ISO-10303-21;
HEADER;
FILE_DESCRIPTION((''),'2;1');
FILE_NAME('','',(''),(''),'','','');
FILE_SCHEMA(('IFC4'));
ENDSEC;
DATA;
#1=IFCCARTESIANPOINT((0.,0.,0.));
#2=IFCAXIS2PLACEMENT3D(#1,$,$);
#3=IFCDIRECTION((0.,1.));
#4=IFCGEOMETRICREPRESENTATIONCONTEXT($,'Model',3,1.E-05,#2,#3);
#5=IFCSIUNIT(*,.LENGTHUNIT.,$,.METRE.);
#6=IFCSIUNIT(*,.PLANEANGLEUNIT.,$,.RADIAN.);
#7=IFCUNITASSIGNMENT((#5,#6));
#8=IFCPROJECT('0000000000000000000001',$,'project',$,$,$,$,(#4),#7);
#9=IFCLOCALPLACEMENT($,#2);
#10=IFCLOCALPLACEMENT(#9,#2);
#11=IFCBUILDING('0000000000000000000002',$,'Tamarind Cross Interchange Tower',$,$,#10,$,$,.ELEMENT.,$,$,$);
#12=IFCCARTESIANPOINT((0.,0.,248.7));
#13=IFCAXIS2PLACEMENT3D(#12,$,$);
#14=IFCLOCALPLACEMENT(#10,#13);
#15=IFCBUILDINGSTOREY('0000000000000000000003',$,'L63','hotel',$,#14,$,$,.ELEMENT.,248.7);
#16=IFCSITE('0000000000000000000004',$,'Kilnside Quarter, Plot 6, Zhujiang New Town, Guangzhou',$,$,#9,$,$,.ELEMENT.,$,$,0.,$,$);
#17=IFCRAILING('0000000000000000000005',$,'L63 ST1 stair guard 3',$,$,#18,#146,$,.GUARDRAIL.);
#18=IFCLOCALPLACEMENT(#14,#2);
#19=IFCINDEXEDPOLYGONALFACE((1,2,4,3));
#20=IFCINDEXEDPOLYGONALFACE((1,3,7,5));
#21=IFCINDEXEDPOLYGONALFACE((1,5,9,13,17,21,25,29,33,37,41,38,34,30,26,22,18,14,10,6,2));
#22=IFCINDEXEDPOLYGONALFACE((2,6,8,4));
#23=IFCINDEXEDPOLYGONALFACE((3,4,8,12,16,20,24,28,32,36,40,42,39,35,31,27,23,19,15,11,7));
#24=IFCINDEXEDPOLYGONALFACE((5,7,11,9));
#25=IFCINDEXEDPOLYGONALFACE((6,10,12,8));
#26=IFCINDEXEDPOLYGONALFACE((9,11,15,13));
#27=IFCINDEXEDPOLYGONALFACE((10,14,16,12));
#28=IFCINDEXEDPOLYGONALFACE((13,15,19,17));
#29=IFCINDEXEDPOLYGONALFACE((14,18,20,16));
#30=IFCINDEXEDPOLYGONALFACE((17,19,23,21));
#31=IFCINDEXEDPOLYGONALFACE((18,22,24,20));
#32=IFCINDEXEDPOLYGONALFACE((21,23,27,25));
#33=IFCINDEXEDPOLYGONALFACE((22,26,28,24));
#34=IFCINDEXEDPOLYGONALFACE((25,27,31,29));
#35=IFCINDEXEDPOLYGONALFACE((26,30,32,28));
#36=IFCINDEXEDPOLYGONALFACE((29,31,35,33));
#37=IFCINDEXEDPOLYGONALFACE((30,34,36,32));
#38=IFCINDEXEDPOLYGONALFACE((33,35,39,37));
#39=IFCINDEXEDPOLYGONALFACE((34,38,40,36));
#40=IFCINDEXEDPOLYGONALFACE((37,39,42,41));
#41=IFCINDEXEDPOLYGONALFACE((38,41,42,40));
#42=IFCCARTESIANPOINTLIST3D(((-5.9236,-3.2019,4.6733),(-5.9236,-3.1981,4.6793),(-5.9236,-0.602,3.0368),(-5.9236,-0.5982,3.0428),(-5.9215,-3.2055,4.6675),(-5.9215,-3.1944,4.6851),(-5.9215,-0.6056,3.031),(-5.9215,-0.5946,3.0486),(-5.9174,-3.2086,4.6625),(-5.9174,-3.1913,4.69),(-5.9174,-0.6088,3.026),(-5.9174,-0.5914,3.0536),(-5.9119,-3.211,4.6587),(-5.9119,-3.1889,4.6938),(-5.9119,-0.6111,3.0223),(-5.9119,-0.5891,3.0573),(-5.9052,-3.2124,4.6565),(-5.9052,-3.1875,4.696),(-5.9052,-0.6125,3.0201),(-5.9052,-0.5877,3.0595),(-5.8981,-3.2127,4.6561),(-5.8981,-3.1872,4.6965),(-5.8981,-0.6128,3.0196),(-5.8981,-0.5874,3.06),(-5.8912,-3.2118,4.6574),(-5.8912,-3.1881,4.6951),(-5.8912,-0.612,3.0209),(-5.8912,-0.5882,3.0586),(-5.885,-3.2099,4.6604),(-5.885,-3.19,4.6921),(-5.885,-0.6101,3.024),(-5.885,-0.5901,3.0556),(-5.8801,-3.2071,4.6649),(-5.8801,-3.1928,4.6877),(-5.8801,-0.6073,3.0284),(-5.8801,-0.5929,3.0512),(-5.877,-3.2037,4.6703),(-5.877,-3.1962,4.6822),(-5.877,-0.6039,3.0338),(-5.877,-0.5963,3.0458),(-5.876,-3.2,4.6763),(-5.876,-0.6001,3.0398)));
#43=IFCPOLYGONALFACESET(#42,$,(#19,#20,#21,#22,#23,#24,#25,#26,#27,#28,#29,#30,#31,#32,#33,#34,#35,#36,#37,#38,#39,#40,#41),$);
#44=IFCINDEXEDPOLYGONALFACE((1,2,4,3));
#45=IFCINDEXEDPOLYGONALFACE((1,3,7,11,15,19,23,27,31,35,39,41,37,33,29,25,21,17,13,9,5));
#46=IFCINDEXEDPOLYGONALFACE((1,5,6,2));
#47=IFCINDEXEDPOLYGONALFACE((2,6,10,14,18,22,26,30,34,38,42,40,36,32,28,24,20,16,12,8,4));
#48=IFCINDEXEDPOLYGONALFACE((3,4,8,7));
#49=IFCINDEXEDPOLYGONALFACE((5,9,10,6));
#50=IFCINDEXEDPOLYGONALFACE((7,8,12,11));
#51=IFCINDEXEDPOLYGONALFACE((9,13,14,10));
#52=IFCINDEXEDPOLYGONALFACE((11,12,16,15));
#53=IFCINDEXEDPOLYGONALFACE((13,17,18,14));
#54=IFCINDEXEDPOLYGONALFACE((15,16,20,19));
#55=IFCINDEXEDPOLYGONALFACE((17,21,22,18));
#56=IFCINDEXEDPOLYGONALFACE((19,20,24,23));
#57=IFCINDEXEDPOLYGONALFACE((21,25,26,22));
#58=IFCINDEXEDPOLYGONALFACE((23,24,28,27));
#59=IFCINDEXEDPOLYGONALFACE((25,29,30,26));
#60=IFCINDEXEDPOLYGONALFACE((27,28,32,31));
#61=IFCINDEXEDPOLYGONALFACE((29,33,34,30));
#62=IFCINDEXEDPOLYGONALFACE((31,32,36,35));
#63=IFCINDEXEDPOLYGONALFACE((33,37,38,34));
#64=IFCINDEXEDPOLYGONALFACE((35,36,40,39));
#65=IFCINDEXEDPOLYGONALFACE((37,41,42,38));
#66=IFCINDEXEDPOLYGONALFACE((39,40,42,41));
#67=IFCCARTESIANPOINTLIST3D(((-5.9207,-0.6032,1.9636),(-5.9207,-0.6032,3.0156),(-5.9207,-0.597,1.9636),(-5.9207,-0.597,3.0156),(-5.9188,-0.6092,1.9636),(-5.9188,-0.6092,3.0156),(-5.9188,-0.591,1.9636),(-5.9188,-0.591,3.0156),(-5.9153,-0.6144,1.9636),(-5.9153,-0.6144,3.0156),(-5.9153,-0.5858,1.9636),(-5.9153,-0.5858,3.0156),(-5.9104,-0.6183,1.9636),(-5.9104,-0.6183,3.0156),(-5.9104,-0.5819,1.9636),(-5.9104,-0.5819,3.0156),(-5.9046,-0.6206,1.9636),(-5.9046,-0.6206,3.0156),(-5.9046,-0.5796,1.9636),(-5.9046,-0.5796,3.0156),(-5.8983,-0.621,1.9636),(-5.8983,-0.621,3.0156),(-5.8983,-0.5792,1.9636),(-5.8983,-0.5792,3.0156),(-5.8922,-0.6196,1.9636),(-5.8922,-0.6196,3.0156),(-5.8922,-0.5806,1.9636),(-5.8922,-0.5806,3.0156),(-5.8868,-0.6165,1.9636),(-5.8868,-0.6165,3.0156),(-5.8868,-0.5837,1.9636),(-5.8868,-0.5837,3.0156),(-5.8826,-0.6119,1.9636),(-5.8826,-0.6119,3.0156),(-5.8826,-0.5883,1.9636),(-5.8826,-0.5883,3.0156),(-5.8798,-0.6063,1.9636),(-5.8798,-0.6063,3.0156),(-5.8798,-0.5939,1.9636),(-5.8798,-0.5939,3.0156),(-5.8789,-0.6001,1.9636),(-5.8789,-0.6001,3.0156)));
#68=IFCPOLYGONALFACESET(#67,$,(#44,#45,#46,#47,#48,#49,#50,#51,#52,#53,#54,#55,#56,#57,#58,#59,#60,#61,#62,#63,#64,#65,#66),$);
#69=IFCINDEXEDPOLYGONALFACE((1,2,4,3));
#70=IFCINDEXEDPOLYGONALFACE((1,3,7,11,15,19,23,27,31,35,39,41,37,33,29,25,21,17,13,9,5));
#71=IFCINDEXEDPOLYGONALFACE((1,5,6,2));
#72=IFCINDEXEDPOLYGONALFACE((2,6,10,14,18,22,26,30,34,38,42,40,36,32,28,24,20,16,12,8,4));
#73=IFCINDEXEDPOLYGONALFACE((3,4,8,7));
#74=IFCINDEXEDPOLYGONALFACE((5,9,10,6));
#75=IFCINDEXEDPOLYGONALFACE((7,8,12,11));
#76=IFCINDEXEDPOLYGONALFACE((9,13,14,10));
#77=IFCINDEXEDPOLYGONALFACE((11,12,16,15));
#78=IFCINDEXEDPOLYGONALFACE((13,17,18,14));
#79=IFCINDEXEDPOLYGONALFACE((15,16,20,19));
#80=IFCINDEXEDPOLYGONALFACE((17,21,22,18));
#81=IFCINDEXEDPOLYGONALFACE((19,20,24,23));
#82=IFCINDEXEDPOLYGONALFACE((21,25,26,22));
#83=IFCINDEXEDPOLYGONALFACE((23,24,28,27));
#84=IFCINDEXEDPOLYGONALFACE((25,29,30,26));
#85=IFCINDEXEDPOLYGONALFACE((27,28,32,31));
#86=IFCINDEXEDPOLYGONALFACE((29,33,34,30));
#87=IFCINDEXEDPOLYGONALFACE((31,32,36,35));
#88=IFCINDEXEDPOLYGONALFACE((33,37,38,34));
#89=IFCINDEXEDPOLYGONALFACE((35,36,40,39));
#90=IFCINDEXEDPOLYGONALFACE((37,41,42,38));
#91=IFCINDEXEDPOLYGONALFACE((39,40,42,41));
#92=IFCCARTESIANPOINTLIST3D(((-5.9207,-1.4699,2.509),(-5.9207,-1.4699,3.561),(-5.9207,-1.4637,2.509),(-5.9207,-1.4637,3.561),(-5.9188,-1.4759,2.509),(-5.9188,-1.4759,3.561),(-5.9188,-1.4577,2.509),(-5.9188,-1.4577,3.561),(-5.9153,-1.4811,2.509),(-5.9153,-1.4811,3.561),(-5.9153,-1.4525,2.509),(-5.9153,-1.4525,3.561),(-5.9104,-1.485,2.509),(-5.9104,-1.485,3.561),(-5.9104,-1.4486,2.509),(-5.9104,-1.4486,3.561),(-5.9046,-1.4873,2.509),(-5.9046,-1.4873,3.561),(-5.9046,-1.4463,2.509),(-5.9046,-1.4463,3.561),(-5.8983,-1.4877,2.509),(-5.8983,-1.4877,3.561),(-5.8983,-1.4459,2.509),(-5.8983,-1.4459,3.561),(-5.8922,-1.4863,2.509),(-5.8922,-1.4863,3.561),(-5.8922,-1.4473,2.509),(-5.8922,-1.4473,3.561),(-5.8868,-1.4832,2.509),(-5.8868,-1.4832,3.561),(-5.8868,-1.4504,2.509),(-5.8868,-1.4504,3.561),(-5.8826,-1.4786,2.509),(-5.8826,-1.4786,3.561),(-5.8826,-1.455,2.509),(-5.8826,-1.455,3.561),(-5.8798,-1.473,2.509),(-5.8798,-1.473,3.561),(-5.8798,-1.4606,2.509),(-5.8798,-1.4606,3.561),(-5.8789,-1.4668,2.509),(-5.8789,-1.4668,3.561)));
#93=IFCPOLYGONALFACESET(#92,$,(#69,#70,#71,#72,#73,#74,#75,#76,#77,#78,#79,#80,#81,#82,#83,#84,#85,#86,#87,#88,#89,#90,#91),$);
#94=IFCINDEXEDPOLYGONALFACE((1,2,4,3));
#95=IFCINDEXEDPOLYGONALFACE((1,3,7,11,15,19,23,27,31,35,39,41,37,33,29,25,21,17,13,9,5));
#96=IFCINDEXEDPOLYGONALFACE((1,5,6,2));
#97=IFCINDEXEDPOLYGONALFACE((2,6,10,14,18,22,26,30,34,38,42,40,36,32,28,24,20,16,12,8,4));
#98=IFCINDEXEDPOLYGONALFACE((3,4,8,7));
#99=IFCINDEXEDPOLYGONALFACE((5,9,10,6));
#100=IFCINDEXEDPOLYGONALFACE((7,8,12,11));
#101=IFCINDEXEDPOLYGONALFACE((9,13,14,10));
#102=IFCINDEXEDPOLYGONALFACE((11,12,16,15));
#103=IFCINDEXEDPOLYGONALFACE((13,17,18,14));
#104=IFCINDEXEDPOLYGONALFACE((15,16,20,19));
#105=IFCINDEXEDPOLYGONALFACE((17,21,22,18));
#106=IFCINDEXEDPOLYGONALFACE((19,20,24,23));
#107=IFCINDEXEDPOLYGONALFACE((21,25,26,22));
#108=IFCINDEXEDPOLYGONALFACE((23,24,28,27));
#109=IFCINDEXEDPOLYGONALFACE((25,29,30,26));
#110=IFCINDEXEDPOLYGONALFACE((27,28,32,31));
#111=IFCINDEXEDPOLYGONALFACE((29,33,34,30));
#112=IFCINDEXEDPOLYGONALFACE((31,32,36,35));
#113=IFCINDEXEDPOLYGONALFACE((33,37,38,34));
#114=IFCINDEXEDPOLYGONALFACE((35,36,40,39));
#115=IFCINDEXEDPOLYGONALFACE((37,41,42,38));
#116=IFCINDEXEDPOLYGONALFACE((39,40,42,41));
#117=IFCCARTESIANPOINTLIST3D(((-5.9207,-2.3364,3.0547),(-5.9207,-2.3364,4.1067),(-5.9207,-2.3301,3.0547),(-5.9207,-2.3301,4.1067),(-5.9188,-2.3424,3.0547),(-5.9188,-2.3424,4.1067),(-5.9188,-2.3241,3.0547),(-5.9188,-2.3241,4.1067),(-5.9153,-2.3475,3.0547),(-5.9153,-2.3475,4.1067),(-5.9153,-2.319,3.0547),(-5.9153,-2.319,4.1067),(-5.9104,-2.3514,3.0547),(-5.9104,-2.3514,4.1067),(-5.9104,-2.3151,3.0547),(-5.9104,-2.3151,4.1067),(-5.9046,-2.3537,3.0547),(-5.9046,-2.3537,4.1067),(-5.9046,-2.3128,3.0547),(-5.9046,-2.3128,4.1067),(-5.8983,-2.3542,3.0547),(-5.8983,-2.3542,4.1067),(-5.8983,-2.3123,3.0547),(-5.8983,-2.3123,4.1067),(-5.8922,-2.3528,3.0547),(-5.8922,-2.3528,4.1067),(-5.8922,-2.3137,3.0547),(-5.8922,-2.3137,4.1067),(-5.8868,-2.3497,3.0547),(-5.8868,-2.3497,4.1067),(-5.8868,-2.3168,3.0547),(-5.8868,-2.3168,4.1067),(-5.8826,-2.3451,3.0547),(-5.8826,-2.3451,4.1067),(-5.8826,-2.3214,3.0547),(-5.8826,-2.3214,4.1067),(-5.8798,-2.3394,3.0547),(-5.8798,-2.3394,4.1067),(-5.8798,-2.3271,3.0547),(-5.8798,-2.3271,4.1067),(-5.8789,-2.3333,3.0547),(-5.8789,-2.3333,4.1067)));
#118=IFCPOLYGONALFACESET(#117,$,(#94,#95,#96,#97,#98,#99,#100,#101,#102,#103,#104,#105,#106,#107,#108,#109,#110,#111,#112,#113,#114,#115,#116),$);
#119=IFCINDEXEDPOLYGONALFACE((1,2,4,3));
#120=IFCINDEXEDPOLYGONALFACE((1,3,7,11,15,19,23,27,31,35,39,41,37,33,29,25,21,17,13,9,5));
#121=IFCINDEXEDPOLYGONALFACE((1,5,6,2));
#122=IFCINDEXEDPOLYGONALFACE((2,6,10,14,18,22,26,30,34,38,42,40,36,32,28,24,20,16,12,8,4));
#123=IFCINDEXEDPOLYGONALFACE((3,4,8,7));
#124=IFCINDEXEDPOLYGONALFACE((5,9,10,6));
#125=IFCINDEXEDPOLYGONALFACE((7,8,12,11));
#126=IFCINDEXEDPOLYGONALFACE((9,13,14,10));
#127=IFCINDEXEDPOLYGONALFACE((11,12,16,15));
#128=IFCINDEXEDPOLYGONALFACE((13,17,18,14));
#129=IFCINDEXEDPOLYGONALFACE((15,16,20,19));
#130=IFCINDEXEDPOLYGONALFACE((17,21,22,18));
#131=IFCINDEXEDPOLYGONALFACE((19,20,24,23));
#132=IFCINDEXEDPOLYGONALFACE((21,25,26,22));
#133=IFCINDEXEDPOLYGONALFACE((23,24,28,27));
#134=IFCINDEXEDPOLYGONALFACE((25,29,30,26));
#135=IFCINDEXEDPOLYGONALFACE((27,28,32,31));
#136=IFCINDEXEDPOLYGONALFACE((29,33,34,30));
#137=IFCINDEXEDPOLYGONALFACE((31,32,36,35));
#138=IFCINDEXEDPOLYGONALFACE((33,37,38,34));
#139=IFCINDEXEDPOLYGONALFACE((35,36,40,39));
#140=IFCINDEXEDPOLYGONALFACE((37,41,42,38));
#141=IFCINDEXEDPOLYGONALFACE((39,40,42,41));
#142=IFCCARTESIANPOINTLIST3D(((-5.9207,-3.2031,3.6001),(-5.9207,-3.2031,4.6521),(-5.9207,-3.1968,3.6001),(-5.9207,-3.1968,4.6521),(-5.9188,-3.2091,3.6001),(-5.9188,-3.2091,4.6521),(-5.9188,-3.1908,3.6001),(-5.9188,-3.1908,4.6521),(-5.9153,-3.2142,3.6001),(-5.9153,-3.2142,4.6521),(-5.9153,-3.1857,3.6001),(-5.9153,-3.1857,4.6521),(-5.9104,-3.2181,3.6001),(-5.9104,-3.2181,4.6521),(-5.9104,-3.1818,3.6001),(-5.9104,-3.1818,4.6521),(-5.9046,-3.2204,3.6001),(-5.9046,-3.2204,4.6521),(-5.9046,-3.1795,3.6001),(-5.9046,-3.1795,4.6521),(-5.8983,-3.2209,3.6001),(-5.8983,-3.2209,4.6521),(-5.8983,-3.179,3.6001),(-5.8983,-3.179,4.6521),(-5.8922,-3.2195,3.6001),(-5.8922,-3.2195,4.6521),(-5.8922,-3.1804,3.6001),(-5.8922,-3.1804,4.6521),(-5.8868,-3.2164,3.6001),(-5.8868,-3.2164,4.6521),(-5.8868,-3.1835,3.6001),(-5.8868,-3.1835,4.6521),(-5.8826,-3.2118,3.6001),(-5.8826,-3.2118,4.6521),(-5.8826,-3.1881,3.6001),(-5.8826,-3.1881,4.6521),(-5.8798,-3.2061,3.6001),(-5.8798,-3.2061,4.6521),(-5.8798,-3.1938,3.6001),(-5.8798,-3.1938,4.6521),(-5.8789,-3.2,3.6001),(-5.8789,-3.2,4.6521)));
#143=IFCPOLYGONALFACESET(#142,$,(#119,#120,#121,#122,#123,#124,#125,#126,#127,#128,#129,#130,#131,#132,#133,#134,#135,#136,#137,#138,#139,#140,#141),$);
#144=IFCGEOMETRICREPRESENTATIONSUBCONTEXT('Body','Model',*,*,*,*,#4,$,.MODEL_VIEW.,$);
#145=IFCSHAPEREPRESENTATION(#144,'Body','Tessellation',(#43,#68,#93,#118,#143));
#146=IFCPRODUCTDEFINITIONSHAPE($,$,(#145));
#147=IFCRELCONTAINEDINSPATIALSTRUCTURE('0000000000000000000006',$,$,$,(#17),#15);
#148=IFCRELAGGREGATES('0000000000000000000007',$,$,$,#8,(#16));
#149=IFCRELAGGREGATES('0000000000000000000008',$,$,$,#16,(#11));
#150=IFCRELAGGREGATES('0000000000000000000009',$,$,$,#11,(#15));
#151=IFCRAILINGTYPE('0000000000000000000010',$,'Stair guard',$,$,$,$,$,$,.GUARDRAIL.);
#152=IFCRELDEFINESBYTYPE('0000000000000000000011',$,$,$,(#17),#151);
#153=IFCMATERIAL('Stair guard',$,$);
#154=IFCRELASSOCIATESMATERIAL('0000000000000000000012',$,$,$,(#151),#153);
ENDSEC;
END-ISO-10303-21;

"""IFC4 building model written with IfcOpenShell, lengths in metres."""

from ifc_helpers import new_model, si_unit, direction, frame, origin, origin_2d, place, context, subcontext, project, spatial, circle, extrude, material, type_object, element, save


model = new_model("IFC4")

# Units and contexts
model_context = context("Model", 3, precision=1e-05, world=origin(), true_north=direction((0.0, 1.0)))
body_context = subcontext(model_context, "Body", "Model", "MODEL_VIEW")
ifc_project = project(units=[si_unit("LENGTHUNIT", "METRE"), si_unit("PLANEANGLEUNIT", "RADIAN")], contexts=[model_context])

# Site, building, storey
site_placement = place(None, origin())
site = spatial("IfcSite", under=ifc_project, at=site_placement, Name="Kilnside Quarter, Plot 6, Zhujiang New Town, Guangzhou", CompositionType="ELEMENT", RefElevation=0.0)
building_placement = place(site_placement, origin())
building = spatial("IfcBuilding", under=site, at=building_placement, Name="Tamarind Cross Interchange Tower", CompositionType="ELEMENT")
storey_placement = place(building_placement, frame((0.0, 0.0, 248.7)))
storey = spatial("IfcBuildingStorey", under=building, at=storey_placement, Name="L63", Description="hotel", CompositionType="ELEMENT", Elevation=248.7)

# Railing
ifc_material_1 = material(Name="Stair guard")
railing_type_1 = type_object("IfcRailingType", Name="Stair guard", PredefinedType="GUARDRAIL", material=ifc_material_1)
railing_1_placement = place(storey_placement, frame((-5.8999, -0.6001, 1.9636)))
element("IfcRailing", 1, at=railing_1_placement, inside=storey, type_object=railing_type_1, Name="L63 ST1 stair guard 3", PredefinedType="GUARDRAIL", context=body_context, shape_type="SweptSolid", body=[
    extrude(circle(Radius=0.0239, at=origin_2d()), frame((0.0, 0.0, 1.0762), z_axis=(0.0, -0.846302, 0.532704), x_axis=(1.0, 0.0, 0.0)), (0.0, 0.0, 1.0), 3.072),
    extrude(circle(Radius=0.021, at=origin_2d()), origin(), (0.0, 0.0, 1.0), 1.052),
    extrude(circle(Radius=0.021, at=origin_2d()), frame((0.0, -0.8667, 0.5454)), (0.0, 0.0, 1.0), 1.052),
    extrude(circle(Radius=0.021, at=origin_2d()), frame((0.0, -1.7332, 1.0911)), (0.0, 0.0, 1.0), 1.052),
    extrude(circle(Radius=0.021, at=origin_2d()), frame((0.0, -2.5999, 1.6365)), (0.0, 0.0, 1.0), 1.052),
])

save(model, "model.ifc")
